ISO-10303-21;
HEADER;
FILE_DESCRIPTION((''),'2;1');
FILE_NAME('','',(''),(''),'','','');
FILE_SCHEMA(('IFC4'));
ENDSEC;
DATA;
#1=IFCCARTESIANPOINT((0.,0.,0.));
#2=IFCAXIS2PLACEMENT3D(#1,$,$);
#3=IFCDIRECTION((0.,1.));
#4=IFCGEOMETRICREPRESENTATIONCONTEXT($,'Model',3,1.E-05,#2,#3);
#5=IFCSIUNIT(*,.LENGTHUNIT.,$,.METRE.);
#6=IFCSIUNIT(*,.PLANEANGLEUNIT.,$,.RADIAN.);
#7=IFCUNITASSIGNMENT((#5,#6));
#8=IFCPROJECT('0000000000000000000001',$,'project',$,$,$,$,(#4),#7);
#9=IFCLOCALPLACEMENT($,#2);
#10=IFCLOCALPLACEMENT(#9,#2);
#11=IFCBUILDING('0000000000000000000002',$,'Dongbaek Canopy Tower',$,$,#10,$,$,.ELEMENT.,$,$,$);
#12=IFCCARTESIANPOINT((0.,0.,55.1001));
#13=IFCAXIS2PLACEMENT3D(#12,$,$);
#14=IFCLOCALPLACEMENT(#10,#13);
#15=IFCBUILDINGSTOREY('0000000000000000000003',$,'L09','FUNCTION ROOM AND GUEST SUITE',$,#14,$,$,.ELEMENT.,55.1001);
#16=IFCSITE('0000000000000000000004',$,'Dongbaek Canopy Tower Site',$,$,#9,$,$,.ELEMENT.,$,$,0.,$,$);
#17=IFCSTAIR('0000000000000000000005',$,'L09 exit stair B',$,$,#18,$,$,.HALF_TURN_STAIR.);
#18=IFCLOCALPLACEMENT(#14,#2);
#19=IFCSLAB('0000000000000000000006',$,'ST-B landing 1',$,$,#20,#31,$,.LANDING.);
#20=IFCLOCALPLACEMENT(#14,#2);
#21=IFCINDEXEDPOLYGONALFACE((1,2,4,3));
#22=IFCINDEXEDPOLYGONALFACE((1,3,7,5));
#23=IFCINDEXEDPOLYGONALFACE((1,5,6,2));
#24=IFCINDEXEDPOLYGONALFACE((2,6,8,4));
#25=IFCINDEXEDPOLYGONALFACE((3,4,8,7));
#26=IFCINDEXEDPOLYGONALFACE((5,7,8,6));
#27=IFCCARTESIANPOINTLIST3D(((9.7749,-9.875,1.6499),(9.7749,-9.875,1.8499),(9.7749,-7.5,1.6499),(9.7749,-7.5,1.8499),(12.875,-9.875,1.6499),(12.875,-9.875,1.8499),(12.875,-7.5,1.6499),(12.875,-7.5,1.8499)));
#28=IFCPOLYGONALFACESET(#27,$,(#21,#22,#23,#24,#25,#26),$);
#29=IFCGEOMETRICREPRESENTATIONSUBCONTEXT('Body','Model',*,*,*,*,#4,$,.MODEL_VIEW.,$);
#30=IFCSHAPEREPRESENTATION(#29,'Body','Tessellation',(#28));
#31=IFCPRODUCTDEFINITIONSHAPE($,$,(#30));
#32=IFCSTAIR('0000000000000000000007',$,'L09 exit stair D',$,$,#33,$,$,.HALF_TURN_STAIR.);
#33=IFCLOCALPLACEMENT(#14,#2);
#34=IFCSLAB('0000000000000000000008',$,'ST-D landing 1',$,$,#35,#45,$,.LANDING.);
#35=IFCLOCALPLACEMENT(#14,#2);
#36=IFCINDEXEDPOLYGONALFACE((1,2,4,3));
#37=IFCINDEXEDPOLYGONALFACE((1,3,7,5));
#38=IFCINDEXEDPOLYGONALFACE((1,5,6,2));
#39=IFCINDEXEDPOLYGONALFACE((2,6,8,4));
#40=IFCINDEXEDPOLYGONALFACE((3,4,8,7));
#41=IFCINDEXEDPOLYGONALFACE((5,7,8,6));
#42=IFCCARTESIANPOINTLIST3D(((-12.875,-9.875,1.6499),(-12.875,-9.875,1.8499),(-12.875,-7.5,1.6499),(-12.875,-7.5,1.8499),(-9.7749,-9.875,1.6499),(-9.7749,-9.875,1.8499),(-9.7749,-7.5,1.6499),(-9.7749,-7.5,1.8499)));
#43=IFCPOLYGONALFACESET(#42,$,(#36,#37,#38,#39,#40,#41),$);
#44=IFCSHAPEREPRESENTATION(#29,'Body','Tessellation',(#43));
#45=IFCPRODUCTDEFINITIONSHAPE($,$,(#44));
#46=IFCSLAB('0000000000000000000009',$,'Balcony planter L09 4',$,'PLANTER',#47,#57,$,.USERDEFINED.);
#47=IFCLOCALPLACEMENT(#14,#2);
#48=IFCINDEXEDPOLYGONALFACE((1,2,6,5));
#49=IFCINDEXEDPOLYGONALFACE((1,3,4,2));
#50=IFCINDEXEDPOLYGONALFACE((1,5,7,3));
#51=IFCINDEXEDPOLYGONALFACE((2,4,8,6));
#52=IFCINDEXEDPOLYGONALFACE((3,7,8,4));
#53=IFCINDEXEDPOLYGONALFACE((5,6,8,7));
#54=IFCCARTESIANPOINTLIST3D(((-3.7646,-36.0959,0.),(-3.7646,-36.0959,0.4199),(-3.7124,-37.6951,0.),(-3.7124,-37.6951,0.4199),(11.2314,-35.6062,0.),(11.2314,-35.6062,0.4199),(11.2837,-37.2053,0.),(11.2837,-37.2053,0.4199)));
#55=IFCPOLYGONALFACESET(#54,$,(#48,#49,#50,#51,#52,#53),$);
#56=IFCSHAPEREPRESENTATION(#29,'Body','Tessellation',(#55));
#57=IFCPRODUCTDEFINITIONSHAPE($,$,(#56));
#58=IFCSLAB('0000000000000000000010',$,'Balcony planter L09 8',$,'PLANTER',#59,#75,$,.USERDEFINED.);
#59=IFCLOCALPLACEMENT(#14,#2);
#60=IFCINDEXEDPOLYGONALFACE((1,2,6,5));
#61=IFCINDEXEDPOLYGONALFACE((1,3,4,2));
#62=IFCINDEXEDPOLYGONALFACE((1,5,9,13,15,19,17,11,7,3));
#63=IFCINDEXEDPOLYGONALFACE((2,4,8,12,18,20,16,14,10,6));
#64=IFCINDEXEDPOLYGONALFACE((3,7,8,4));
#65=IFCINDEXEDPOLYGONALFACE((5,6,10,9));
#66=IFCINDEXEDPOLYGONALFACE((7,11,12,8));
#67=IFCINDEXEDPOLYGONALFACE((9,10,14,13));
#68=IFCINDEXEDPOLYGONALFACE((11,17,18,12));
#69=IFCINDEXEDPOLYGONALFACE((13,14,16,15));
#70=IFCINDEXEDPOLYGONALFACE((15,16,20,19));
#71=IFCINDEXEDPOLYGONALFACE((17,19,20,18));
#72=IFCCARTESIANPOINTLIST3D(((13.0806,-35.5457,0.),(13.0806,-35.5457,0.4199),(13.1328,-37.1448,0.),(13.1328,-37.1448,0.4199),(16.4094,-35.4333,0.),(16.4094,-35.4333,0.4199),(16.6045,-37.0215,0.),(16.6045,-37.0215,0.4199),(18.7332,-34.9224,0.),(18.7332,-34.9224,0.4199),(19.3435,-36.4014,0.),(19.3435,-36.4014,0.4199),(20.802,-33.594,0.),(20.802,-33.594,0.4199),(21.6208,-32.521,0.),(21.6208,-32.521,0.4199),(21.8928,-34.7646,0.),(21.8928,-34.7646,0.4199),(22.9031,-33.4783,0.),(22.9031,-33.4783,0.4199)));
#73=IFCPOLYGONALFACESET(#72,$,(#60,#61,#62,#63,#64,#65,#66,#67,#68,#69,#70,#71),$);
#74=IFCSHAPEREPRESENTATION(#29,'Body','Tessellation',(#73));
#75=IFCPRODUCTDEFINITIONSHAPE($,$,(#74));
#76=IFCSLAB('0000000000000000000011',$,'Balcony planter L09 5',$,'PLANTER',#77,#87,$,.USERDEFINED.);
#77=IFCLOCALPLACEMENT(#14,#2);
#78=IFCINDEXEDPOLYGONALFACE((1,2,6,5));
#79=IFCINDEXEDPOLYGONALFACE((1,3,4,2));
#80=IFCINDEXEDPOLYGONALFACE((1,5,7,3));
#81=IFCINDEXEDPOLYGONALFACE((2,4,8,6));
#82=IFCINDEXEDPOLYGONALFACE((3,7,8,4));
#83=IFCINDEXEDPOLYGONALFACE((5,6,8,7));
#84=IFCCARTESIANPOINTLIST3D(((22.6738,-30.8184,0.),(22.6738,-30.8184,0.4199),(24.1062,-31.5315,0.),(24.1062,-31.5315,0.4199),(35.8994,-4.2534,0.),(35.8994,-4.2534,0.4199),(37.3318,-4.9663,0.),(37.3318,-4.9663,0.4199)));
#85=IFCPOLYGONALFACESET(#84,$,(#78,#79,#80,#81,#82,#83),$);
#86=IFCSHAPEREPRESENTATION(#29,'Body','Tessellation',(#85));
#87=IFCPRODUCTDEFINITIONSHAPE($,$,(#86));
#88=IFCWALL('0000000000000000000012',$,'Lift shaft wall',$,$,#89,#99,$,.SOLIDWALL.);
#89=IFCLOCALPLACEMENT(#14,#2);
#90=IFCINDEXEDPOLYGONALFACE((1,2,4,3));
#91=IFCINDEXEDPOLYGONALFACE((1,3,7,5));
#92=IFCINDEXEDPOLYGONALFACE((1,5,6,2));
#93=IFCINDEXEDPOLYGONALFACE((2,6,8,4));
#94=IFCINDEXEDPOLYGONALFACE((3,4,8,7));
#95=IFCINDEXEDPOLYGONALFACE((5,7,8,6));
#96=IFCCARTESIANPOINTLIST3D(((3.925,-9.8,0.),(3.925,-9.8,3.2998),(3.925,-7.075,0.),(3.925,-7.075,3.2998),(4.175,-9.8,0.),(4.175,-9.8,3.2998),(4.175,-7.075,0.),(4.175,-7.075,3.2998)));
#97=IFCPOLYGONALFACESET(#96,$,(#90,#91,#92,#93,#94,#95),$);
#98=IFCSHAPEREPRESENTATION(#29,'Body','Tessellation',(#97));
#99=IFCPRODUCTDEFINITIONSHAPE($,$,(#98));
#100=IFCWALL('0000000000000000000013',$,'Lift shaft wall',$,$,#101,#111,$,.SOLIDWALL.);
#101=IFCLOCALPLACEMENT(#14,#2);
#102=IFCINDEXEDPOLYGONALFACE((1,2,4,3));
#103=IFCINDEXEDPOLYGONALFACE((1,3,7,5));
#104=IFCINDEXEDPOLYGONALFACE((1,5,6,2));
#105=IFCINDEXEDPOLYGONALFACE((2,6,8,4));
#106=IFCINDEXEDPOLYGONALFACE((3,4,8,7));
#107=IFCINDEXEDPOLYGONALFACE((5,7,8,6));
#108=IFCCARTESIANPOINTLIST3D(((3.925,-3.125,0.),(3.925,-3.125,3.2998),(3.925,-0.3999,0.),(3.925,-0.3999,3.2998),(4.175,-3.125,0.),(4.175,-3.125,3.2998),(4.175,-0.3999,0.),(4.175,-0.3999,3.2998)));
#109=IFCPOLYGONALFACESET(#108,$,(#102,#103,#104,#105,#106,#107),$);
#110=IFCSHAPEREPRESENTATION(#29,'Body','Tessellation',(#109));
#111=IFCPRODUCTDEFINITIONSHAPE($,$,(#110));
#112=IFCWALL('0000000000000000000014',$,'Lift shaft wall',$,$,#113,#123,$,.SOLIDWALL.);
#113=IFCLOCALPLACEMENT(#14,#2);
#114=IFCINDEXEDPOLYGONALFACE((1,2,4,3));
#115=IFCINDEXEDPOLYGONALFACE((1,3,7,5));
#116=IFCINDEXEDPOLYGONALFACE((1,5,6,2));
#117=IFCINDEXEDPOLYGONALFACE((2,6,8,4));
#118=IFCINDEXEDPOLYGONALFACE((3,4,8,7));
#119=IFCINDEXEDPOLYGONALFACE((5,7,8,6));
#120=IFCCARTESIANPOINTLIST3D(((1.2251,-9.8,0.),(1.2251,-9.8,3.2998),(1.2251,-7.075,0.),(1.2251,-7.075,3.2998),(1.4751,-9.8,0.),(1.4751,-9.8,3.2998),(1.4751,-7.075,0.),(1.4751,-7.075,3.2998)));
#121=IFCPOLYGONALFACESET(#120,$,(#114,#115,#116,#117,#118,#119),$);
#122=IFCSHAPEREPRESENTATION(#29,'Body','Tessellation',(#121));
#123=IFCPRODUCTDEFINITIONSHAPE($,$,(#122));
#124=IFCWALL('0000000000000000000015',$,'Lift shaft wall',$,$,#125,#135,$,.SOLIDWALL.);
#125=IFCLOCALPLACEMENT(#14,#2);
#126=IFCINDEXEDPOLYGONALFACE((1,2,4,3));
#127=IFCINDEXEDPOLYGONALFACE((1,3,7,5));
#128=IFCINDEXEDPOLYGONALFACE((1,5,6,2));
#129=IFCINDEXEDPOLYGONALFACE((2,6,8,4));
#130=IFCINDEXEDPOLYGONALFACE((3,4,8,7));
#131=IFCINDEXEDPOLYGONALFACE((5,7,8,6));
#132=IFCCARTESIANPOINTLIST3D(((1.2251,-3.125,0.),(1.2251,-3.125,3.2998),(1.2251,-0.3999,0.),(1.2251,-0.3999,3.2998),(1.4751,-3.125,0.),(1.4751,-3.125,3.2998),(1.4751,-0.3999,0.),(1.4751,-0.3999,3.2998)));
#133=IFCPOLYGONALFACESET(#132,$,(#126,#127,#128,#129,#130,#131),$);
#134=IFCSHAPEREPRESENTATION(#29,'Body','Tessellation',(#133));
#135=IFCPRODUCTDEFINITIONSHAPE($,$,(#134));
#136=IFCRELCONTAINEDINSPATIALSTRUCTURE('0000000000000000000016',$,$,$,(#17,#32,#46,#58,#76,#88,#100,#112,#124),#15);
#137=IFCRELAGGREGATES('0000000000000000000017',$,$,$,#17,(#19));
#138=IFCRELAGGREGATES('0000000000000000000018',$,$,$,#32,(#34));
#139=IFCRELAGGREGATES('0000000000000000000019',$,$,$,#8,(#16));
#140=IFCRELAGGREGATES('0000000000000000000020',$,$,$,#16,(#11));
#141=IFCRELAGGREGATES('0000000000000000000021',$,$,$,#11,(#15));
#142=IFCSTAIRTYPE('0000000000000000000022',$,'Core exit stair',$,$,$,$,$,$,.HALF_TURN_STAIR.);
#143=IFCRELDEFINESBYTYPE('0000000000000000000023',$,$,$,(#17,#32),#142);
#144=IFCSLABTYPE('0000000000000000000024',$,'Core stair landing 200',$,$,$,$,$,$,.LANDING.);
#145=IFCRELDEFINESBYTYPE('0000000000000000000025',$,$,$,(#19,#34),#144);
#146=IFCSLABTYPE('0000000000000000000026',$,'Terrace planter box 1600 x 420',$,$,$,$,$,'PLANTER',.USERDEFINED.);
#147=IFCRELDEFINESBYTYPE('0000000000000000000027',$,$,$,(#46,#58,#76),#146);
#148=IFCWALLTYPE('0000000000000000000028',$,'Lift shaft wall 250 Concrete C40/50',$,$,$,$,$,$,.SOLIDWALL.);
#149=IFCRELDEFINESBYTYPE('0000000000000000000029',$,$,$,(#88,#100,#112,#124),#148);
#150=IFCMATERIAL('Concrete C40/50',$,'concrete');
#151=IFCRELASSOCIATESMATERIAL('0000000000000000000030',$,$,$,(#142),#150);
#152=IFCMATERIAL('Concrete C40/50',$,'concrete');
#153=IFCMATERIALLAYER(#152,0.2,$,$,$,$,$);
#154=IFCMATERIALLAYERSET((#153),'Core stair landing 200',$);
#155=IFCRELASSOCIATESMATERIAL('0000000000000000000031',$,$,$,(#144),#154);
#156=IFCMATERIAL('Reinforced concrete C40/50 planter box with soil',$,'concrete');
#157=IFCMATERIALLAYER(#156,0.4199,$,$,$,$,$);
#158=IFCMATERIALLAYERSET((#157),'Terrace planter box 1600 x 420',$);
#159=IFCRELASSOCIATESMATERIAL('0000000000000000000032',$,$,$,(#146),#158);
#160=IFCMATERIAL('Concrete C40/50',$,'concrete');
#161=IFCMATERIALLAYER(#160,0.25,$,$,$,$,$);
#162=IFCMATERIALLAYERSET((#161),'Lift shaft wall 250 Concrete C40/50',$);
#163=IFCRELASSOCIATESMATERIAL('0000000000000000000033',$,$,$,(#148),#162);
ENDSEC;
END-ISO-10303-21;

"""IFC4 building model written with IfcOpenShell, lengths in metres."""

from ifc_helpers import new_model, si_unit, direction, frame, frame_2d, origin, place, context, subcontext, project, spatial, polyline, rectangle, outline, extrude, material, layer, layer_set, type_object, element, aggregate, save


model = new_model("IFC4")

# Units and contexts
model_context = context("Model", 3, precision=1e-05, world=origin(), true_north=direction((0.0, 1.0)))
body_context = subcontext(model_context, "Body", "Model", "MODEL_VIEW")
ifc_project = project(units=[si_unit("LENGTHUNIT", "METRE"), si_unit("PLANEANGLEUNIT", "RADIAN")], contexts=[model_context])

# Site, building, storey
site_placement = place(None, origin())
site = spatial("IfcSite", under=ifc_project, at=site_placement, Name="Dongbaek Canopy Tower Site", CompositionType="ELEMENT", RefElevation=0.0)
building_placement = place(site_placement, origin())
building = spatial("IfcBuilding", under=site, at=building_placement, Name="Dongbaek Canopy Tower", CompositionType="ELEMENT")
storey_placement = place(building_placement, frame((0.0, 0.0, 55.1001)))
storey = spatial("IfcBuildingStorey", under=building, at=storey_placement, Name="L09", Description="FUNCTION ROOM AND GUEST SUITE", CompositionType="ELEMENT", Elevation=55.1001)

# Stairs, slabs
ifc_material_1 = material(Name="Concrete C40/50", Category="concrete")
stair_type = type_object("IfcStairType", Name="Core exit stair", PredefinedType="HALF_TURN_STAIR", material=ifc_material_1)
ifc_material_2 = material(Name="Concrete C40/50", Category="concrete")
ifc_layer_1 = layer(ifc_material_2, 0.2)
ifc_layer_set_1 = layer_set([ifc_layer_1], Name="Core stair landing 200")
slab_type_1 = type_object("IfcSlabType", Name="Core stair landing 200", PredefinedType="LANDING", material=ifc_layer_set_1)
stair_1_placement = place(storey_placement, origin())
stair_1 = element("IfcStair", 1, at=stair_1_placement, inside=storey, type_object=stair_type, Name="L09 exit stair B", PredefinedType="HALF_TURN_STAIR")
slab_1_placement = place(storey_placement, frame((0.0, 0.0, 1.6499)))
slab_1 = element("IfcSlab", 2, at=slab_1_placement, type_object=slab_type_1, Name="ST-B landing 1", PredefinedType="LANDING", context=body_context, shape_type="SweptSolid", body=[
    extrude(outline(polyline([(9.7749, -7.5), (9.7749, -9.875), (12.875, -9.875), (12.875, -7.5), (9.7749, -7.5)])), origin(), (0.0, 0.0, 1.0), 0.2),
])
aggregate(stair_1, [slab_1])
stair_2_placement = place(storey_placement, origin())
stair_2 = element("IfcStair", 3, at=stair_2_placement, inside=storey, type_object=stair_type, Name="L09 exit stair D", PredefinedType="HALF_TURN_STAIR")
slab_2_placement = place(storey_placement, frame((0.0, 0.0, 1.6499)))
slab_2 = element("IfcSlab", 4, at=slab_2_placement, type_object=slab_type_1, Name="ST-D landing 1", PredefinedType="LANDING", context=body_context, shape_type="SweptSolid", body=[
    extrude(outline(polyline([(-12.875, -7.5), (-12.875, -9.875), (-9.7749, -9.875), (-9.7749, -7.5), (-12.875, -7.5)])), origin(), (0.0, 0.0, 1.0), 0.2),
])
aggregate(stair_2, [slab_2])

# Slabs
ifc_material_3 = material(Name="Reinforced concrete C40/50 planter box with soil", Category="concrete")
ifc_layer_2 = layer(ifc_material_3, 0.4199)
ifc_layer_set_2 = layer_set([ifc_layer_2], Name="Terrace planter box 1600 x 420")
slab_type_2 = type_object("IfcSlabType", Name="Terrace planter box 1600 x 420", ElementType="PLANTER", PredefinedType="USERDEFINED", material=ifc_layer_set_2)
slab_3_placement = place(storey_placement, origin())
element("IfcSlab", 5, at=slab_3_placement, inside=storey, type_object=slab_type_2, Name="Balcony planter L09 4", ObjectType="PLANTER", PredefinedType="USERDEFINED", context=body_context, shape_type="SweptSolid", body=[
    extrude(outline(polyline([(-3.7646, -36.0959), (11.2314, -35.6062), (11.2837, -37.2053), (-3.7124, -37.6951), (-3.7646, -36.0959)])), origin(), (0.0, 0.0, 1.0), 0.4199),
])
slab_4_placement = place(storey_placement, origin())
element("IfcSlab", 6, at=slab_4_placement, inside=storey, type_object=slab_type_2, Name="Balcony planter L09 8", ObjectType="PLANTER", PredefinedType="USERDEFINED", context=body_context, shape_type="SweptSolid", body=[
    extrude(outline(polyline([(13.0806, -35.5457), (16.4094, -35.4333), (18.7332, -34.9224), (20.802, -33.594), (21.6208, -32.521), (22.9031, -33.4783), (21.8928, -34.7646), (19.3435, -36.4014), (16.6045, -37.0215), (13.1328, -37.1448), (13.0806, -35.5457)])), origin(), (0.0, 0.0, 1.0), 0.4199),
])
slab_5_placement = place(storey_placement, origin())
element("IfcSlab", 7, at=slab_5_placement, inside=storey, type_object=slab_type_2, Name="Balcony planter L09 5", ObjectType="PLANTER", PredefinedType="USERDEFINED", context=body_context, shape_type="SweptSolid", body=[
    extrude(outline(polyline([(22.6738, -30.8184), (35.8994, -4.2534), (37.3318, -4.9663), (24.1062, -31.5315), (22.6738, -30.8184)])), origin(), (0.0, 0.0, 1.0), 0.4199),
])

# Walls
ifc_material_4 = material(Name="Concrete C40/50", Category="concrete")
ifc_layer_3 = layer(ifc_material_4, 0.25)
ifc_layer_set_3 = layer_set([ifc_layer_3], Name="Lift shaft wall 250 Concrete C40/50")
wall_type = type_object("IfcWallType", Name="Lift shaft wall 250 Concrete C40/50", PredefinedType="SOLIDWALL", material=ifc_layer_set_3)
for number, where, z_axis, x_axis, name in (
    (8, (4.05, -9.8, 0.0), (0.0, 0.0, 1.0), (0.0, 1.0, 0.0), "Lift shaft wall"),
    (9, (4.05, -3.125, 0.0), (0.0, 0.0, 1.0), (0.0, 1.0, 0.0), "Lift shaft wall"),
    (10, (1.3501, -9.8, 0.0), (0.0, 0.0, 1.0), (0.0, 1.0, 0.0), "Lift shaft wall"),
    (11, (1.3501, -3.125, 0.0), (0.0, 0.0, 1.0), (0.0, 1.0, 0.0), "Lift shaft wall"),
):
    element("IfcWall", number, at=place(storey_placement, frame(where, z_axis=z_axis, x_axis=x_axis)), inside=storey, type_object=wall_type, Name=name, PredefinedType="SOLIDWALL", context=body_context, shape_type="SweptSolid", body=[
        extrude(rectangle(XDim=2.7251, YDim=0.25, at=frame_2d((1.3625, 0.0))), origin(), (0.0, 0.0, 1.0), 3.2998),
    ])

save(model, "model.ifc")
